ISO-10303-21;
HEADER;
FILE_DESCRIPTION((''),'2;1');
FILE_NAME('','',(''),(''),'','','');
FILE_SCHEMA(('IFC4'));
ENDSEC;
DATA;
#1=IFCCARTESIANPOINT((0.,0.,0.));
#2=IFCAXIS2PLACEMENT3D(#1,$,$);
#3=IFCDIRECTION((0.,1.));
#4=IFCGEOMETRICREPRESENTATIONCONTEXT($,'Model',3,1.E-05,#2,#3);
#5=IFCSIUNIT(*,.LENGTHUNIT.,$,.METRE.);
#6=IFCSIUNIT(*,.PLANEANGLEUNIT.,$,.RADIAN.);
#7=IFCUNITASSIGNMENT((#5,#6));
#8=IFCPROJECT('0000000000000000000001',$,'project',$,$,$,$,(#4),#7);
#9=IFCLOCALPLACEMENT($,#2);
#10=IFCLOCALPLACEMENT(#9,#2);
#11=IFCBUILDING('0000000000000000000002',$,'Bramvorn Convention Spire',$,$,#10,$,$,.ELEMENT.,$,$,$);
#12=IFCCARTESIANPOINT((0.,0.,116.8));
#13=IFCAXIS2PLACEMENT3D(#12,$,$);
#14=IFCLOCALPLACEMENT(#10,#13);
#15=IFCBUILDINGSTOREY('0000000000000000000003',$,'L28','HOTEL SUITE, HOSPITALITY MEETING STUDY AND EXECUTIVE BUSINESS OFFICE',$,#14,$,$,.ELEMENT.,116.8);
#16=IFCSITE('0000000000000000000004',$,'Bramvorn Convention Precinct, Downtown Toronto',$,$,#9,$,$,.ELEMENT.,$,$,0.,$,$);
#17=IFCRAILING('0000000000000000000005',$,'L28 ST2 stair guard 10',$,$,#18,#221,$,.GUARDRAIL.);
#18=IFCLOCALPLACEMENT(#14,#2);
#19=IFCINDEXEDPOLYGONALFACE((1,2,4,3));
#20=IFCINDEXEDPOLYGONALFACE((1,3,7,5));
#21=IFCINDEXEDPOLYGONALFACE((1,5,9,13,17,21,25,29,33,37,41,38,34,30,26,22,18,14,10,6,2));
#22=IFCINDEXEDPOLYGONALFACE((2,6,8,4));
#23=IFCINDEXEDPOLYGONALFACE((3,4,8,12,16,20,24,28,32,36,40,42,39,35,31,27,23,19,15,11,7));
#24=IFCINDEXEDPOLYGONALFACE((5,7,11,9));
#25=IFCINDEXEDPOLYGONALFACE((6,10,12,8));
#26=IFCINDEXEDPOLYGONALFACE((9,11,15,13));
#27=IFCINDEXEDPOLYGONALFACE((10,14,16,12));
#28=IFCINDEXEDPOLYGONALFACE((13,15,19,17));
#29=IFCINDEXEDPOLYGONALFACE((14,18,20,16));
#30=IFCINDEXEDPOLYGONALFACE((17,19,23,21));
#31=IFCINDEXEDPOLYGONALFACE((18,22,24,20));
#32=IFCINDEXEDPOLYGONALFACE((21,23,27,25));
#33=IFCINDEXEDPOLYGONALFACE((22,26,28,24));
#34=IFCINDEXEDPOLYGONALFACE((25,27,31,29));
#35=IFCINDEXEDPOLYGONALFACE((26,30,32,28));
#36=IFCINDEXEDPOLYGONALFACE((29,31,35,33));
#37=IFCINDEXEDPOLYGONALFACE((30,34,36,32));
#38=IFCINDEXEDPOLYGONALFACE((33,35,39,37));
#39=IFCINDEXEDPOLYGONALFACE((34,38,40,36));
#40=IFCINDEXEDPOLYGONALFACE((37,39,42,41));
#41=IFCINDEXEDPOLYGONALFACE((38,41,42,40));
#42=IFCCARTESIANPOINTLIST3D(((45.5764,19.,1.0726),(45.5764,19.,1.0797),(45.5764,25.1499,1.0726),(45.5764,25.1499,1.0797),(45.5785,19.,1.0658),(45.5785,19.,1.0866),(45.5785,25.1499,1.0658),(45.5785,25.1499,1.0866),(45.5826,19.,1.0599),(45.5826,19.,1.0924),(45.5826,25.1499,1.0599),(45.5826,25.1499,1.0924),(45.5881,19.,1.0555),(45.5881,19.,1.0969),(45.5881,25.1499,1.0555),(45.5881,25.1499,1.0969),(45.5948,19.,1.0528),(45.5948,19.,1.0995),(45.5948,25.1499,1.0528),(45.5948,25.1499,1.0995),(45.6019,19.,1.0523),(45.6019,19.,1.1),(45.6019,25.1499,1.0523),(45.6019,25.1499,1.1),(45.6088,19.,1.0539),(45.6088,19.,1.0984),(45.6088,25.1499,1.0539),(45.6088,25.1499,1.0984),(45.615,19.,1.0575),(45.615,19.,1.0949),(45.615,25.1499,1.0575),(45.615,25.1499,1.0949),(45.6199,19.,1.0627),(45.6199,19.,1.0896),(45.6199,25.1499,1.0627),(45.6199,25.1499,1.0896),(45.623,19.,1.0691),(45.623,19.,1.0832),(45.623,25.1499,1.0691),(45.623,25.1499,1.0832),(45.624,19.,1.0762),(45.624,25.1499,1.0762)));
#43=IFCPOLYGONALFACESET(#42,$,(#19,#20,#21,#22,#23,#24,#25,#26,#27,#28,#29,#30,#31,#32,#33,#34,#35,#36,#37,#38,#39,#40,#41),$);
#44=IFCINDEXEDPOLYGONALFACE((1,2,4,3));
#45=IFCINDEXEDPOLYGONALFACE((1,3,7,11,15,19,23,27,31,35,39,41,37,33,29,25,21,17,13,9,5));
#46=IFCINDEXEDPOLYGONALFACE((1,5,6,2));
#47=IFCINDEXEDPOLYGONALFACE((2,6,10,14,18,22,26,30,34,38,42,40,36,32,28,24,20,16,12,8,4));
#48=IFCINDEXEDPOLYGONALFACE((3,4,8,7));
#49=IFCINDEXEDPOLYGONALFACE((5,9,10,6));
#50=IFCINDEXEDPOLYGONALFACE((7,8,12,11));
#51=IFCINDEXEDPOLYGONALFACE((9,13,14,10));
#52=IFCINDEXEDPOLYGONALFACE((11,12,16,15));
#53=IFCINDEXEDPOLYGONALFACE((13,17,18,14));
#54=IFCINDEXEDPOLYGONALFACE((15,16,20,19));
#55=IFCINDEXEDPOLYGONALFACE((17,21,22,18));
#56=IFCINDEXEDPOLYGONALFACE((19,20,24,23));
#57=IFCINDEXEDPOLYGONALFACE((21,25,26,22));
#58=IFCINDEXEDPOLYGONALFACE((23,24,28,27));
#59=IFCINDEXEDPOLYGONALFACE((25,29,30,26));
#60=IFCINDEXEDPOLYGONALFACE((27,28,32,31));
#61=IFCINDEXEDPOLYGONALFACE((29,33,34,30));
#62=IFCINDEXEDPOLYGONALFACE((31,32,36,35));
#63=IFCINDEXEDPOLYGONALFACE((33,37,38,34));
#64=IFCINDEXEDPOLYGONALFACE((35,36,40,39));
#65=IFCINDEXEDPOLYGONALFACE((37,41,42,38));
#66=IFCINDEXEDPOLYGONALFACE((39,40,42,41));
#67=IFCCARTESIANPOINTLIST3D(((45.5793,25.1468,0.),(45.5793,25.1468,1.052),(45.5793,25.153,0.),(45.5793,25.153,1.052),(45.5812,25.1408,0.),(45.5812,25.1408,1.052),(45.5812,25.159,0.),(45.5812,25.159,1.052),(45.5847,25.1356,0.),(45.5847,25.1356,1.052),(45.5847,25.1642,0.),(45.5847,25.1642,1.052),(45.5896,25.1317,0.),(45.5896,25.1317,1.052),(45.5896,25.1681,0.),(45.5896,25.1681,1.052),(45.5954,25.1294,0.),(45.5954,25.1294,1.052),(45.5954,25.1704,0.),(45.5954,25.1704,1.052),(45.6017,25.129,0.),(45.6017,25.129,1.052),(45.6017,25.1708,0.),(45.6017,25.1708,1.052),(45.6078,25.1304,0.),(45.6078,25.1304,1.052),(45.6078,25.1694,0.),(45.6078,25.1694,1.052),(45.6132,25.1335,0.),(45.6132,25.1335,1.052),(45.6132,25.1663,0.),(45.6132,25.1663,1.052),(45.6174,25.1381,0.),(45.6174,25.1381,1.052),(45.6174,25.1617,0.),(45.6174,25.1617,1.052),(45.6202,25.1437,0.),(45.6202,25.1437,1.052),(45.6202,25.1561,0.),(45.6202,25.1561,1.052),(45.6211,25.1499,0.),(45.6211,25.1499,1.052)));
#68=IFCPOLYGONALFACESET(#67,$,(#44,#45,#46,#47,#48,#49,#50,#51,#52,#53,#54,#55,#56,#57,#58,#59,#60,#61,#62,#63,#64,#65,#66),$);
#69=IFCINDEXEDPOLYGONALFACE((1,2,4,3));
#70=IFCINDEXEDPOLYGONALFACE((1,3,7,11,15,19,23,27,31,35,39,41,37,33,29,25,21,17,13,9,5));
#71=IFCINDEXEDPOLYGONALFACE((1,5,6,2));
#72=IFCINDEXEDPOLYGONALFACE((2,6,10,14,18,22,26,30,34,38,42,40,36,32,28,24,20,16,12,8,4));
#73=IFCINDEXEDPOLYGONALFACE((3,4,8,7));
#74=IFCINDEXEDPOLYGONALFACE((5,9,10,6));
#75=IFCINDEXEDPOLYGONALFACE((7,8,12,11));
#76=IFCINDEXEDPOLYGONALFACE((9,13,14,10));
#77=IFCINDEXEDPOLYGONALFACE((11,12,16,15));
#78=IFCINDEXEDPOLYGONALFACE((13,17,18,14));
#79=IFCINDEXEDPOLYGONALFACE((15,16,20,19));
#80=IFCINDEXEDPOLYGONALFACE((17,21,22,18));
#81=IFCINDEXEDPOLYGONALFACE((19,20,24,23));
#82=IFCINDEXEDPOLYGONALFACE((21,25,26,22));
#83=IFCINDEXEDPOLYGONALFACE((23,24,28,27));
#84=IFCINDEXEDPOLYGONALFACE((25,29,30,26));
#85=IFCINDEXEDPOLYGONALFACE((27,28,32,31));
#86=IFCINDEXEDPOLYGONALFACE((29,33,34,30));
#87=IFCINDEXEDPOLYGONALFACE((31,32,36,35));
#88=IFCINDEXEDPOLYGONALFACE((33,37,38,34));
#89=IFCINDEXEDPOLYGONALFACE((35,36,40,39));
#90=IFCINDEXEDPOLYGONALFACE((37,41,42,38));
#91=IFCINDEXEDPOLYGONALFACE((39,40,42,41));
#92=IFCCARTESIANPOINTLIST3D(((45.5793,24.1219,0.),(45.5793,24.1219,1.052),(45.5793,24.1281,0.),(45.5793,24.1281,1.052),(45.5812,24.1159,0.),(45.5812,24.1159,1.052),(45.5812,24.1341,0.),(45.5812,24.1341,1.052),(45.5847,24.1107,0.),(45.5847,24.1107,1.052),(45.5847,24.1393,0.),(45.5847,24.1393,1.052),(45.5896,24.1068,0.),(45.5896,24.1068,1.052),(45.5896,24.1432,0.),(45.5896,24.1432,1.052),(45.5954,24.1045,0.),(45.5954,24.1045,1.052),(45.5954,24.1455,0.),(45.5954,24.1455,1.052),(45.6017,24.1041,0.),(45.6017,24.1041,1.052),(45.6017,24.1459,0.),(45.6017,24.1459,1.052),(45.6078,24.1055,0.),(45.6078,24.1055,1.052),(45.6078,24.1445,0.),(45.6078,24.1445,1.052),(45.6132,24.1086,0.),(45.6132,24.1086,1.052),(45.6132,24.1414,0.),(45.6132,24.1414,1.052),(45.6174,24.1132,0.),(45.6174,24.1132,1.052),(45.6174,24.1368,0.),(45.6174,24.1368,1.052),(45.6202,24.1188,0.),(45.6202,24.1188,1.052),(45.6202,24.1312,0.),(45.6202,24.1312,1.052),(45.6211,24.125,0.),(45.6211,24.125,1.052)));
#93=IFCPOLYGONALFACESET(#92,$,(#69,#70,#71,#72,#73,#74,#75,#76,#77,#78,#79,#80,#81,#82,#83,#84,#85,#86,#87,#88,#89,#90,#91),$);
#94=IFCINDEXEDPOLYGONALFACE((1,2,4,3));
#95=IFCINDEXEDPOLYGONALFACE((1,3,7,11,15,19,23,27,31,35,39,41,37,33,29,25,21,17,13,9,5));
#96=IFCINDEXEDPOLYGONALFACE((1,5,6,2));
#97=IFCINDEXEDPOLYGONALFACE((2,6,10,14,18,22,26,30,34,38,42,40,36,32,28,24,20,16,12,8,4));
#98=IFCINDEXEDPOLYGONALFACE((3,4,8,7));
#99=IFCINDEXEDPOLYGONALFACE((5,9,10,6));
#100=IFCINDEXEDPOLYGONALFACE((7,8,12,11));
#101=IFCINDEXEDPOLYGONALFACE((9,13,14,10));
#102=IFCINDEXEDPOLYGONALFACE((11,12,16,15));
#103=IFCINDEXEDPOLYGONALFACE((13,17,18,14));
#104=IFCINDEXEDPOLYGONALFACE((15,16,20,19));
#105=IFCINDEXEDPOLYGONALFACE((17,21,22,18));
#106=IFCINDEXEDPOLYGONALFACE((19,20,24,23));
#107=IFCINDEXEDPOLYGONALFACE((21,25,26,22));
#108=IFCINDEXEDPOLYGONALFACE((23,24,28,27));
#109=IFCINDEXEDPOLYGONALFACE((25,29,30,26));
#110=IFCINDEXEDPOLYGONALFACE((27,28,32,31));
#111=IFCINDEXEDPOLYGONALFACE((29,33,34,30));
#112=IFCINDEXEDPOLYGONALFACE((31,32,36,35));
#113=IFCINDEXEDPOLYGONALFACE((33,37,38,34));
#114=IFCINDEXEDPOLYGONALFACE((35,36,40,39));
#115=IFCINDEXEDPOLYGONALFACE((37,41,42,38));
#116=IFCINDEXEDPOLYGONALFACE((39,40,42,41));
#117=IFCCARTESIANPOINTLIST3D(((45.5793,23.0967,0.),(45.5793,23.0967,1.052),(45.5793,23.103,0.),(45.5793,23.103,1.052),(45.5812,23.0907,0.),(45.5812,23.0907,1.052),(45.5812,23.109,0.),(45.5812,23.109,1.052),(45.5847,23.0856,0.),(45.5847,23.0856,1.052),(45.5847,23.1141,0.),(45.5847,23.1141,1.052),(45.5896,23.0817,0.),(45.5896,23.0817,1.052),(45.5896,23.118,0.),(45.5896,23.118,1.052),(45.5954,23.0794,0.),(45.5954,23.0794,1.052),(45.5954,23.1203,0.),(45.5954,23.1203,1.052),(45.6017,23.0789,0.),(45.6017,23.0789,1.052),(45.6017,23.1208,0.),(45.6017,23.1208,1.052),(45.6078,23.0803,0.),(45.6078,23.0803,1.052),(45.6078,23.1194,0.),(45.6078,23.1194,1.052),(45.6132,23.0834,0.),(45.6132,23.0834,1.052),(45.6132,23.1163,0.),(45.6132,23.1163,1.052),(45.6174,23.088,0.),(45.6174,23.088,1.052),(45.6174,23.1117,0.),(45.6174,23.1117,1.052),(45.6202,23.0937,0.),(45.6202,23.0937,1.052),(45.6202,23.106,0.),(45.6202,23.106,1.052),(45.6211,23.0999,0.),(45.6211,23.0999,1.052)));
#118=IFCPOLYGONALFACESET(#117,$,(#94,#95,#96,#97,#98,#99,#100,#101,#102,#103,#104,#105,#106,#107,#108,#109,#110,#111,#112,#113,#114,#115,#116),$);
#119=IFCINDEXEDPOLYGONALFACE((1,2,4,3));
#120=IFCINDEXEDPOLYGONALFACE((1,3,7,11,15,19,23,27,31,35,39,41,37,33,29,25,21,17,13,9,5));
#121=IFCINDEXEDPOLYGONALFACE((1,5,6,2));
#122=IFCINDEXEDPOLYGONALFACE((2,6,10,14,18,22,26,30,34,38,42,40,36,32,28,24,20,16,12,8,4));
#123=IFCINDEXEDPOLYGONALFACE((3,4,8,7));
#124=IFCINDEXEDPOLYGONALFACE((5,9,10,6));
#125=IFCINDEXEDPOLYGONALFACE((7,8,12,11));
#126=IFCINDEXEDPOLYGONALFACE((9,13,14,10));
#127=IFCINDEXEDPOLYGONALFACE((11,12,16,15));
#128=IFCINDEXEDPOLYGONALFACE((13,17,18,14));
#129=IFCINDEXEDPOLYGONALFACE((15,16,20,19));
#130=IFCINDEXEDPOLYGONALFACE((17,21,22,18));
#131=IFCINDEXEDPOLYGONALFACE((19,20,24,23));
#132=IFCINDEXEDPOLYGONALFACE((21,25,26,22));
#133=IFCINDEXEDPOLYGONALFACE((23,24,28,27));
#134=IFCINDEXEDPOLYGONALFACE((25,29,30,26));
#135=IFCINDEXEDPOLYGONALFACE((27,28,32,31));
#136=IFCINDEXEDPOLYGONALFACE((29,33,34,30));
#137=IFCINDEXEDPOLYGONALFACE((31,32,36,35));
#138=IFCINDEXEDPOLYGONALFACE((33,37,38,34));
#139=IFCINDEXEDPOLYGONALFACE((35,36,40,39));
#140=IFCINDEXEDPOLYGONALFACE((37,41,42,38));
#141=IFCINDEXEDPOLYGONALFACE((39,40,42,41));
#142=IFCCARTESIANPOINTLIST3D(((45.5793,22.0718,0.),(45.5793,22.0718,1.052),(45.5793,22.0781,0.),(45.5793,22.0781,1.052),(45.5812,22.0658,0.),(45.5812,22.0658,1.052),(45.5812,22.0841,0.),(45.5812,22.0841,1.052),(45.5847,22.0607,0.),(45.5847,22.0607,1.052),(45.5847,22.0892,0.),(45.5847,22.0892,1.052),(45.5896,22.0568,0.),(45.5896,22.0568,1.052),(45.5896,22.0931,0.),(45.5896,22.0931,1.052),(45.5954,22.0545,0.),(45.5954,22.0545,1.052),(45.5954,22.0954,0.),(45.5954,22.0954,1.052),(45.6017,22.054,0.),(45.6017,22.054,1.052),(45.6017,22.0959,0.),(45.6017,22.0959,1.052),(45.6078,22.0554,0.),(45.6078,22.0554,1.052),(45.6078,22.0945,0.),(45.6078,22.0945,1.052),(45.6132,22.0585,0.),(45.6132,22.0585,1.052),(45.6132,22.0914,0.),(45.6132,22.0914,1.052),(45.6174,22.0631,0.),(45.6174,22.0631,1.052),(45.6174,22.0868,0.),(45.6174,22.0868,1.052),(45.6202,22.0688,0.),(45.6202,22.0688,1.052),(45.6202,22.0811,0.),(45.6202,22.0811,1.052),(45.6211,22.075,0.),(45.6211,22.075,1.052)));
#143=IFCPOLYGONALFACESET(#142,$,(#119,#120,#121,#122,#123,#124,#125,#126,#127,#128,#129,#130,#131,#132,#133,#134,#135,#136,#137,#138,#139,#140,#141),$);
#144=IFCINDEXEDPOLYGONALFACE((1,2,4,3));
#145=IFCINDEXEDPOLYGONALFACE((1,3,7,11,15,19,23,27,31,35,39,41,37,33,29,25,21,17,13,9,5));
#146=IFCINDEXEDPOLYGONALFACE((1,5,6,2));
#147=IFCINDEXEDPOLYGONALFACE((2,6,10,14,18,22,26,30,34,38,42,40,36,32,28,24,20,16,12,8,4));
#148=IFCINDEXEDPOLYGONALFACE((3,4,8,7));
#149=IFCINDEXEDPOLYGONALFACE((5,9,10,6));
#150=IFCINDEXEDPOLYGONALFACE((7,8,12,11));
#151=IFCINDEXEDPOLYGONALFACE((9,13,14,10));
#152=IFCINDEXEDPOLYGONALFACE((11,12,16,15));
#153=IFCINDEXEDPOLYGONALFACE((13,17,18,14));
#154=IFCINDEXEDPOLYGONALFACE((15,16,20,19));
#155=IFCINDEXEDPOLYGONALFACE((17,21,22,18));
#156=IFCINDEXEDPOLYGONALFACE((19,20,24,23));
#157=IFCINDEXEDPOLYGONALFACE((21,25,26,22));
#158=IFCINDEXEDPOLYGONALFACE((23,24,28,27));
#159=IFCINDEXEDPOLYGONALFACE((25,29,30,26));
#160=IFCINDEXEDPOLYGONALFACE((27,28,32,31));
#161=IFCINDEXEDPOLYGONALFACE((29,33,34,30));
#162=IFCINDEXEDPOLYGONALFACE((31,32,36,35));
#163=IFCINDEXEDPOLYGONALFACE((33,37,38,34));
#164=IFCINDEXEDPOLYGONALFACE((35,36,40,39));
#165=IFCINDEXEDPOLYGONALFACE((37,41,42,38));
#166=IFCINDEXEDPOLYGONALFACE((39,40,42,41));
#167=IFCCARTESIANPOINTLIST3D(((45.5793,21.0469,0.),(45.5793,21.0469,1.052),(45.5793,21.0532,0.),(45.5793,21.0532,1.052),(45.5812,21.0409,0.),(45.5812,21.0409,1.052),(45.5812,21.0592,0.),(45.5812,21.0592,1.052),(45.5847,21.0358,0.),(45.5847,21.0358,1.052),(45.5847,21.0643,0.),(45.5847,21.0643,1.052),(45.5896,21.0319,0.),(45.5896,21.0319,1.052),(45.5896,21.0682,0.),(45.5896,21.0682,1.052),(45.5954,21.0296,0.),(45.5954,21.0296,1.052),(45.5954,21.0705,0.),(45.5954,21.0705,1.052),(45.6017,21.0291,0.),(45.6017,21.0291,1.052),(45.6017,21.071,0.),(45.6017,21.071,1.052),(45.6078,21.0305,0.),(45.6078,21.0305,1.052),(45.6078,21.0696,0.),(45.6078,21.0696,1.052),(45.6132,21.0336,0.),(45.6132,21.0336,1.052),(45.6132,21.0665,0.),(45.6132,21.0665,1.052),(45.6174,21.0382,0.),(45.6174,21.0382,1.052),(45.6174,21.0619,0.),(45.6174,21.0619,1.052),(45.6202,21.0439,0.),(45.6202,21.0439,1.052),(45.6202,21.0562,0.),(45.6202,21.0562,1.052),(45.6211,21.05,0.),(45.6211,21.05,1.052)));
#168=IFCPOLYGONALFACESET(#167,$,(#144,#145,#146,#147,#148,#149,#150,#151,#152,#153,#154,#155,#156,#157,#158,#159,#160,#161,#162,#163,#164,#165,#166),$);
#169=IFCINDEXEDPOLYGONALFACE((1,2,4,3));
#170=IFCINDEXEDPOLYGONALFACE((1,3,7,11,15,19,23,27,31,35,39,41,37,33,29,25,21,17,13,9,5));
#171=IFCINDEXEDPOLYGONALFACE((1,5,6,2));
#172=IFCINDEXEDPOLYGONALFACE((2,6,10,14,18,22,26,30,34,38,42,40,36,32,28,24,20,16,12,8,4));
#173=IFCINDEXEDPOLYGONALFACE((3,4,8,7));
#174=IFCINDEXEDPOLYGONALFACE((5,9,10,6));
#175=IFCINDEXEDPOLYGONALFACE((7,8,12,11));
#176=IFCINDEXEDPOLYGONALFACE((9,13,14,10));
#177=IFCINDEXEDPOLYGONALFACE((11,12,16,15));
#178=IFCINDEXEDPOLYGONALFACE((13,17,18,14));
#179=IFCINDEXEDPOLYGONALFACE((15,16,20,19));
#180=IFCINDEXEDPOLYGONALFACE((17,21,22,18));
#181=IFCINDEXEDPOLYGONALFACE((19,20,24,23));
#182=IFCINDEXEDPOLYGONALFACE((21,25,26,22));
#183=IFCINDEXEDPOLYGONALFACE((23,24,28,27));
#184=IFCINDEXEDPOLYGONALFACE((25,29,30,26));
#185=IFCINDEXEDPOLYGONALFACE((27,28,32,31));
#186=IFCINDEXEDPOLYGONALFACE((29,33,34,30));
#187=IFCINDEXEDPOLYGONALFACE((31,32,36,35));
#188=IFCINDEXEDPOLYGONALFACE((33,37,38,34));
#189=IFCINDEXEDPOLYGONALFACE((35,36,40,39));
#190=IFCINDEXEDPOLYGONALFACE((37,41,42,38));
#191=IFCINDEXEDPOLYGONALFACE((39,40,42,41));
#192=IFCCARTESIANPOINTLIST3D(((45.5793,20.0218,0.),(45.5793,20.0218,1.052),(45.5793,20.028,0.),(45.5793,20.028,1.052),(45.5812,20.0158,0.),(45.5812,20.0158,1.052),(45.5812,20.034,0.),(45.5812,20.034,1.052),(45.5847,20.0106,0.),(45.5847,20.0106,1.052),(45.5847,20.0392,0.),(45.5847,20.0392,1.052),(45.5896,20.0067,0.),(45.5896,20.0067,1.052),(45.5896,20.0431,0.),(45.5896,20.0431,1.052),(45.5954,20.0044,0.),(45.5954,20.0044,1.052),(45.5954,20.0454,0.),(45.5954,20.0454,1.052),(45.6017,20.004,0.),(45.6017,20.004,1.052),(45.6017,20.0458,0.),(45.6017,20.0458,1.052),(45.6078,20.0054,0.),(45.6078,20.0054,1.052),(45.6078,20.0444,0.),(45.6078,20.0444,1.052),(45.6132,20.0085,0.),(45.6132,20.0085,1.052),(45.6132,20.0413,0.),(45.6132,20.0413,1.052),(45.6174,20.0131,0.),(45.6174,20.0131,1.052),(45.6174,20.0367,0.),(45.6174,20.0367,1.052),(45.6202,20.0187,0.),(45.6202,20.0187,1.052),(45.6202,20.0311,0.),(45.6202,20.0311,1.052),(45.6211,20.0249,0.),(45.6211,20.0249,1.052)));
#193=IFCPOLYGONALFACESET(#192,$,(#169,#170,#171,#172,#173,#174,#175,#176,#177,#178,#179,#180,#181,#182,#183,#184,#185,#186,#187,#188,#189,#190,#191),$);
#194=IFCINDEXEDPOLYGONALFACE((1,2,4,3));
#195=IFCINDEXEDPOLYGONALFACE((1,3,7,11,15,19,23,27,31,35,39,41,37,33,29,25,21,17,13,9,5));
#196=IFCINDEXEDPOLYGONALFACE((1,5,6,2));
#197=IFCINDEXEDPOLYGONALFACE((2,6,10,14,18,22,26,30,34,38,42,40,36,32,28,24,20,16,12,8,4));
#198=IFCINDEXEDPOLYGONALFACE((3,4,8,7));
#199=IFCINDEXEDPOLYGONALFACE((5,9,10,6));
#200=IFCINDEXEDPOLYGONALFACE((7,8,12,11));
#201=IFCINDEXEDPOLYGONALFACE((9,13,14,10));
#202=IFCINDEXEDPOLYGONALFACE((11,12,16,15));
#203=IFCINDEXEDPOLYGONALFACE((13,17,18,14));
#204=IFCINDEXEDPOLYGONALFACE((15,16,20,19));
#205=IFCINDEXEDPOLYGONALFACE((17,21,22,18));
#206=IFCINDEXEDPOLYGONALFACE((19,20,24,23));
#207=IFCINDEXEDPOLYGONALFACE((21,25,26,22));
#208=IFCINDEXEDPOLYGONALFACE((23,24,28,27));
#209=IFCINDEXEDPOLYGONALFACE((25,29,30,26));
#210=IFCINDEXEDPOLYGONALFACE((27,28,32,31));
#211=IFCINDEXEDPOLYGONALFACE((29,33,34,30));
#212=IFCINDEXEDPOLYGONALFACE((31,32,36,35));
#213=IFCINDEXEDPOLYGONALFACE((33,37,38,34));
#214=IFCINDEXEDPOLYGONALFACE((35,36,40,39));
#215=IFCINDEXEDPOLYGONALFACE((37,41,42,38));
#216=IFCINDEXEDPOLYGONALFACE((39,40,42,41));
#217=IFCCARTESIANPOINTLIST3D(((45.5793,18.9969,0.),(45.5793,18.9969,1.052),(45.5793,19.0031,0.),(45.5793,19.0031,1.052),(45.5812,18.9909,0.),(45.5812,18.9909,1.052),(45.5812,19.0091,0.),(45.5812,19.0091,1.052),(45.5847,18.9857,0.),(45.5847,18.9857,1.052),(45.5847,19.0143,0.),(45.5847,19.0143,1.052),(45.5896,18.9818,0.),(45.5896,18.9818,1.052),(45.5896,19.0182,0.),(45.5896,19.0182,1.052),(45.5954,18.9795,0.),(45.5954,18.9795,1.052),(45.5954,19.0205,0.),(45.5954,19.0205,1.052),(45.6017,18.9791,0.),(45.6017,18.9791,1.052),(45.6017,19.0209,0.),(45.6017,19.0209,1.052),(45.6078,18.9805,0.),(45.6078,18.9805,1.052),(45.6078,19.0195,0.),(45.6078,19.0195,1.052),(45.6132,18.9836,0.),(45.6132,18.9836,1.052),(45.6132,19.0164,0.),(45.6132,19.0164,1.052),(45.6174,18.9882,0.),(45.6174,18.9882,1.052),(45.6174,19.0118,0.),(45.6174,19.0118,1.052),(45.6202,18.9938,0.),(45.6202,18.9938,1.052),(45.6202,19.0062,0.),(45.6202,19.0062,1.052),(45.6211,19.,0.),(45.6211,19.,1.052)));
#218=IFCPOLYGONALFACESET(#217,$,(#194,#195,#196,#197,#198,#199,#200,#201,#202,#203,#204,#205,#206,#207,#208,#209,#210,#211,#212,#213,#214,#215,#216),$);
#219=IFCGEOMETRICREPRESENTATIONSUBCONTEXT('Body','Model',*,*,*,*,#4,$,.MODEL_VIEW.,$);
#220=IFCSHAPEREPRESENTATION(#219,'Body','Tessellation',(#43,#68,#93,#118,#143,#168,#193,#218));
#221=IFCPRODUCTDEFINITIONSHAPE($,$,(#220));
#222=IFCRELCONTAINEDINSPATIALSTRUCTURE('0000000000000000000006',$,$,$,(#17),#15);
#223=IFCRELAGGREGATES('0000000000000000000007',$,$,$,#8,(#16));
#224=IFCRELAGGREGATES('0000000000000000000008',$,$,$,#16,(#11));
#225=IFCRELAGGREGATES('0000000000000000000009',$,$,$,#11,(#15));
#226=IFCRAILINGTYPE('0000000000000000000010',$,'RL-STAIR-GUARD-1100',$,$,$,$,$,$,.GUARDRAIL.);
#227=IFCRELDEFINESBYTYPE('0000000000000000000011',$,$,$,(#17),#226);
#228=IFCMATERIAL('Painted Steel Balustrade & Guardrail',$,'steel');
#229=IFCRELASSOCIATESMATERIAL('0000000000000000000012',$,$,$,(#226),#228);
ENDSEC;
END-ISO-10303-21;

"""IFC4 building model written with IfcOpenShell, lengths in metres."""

from ifc_helpers import new_model, si_unit, direction, frame, origin, origin_2d, place, context, subcontext, project, spatial, circle, extrude, material, type_object, element, save


model = new_model("IFC4")

# Units and contexts
model_context = context("Model", 3, precision=1e-05, world=origin(), true_north=direction((0.0, 1.0)))
body_context = subcontext(model_context, "Body", "Model", "MODEL_VIEW")
ifc_project = project(units=[si_unit("LENGTHUNIT", "METRE"), si_unit("PLANEANGLEUNIT", "RADIAN")], contexts=[model_context])

# Site, building, storey
site_placement = place(None, origin())
site = spatial("IfcSite", under=ifc_project, at=site_placement, Name="Bramvorn Convention Precinct, Downtown Toronto", CompositionType="ELEMENT", RefElevation=0.0)
building_placement = place(site_placement, origin())
building = spatial("IfcBuilding", under=site, at=building_placement, Name="Bramvorn Convention Spire", CompositionType="ELEMENT")
storey_placement = place(building_placement, frame((0.0, 0.0, 116.8)))
storey = spatial("IfcBuildingStorey", under=building, at=storey_placement, Name="L28", Description="HOTEL SUITE, HOSPITALITY MEETING STUDY AND EXECUTIVE BUSINESS OFFICE", CompositionType="ELEMENT", Elevation=116.8)

# Railing
ifc_material_1 = material(Name="Painted Steel Balustrade & Guardrail", Category="steel")
railing_type_1 = type_object("IfcRailingType", Name="RL-STAIR-GUARD-1100", PredefinedType="GUARDRAIL", material=ifc_material_1)
railing_1_placement = place(storey_placement, frame((45.6001, 25.1499, 0.0)))
element("IfcRailing", 1, at=railing_1_placement, inside=storey, type_object=railing_type_1, Name="L28 ST2 stair guard 10", PredefinedType="GUARDRAIL", context=body_context, shape_type="SweptSolid", body=[
    extrude(circle(Radius=0.0239, at=origin_2d()), frame((0.0, 0.0, 1.0762), z_axis=(0.0, -1.0, 0.0), x_axis=(1.0, 0.0, 0.0)), (0.0, 0.0, 1.0), 6.1499),
    extrude(circle(Radius=0.021, at=origin_2d()), origin(), (0.0, 0.0, 1.0), 1.052),
    extrude(circle(Radius=0.021, at=origin_2d()), frame((0.0, -1.0249, 0.0)), (0.0, 0.0, 1.0), 1.052),
    extrude(circle(Radius=0.021, at=origin_2d()), frame((0.0, -2.05, 0.0)), (0.0, 0.0, 1.0), 1.052),
    extrude(circle(Radius=0.021, at=origin_2d()), frame((0.0, -3.075, 0.0)), (0.0, 0.0, 1.0), 1.052),
    extrude(circle(Radius=0.021, at=origin_2d()), frame((0.0, -4.0999, 0.0)), (0.0, 0.0, 1.0), 1.052),
    extrude(circle(Radius=0.021, at=origin_2d()), frame((0.0, -5.125, 0.0)), (0.0, 0.0, 1.0), 1.052),
    extrude(circle(Radius=0.021, at=origin_2d()), frame((0.0, -6.1499, 0.0)), (0.0, 0.0, 1.0), 1.052),
])

save(model, "model.ifc")
